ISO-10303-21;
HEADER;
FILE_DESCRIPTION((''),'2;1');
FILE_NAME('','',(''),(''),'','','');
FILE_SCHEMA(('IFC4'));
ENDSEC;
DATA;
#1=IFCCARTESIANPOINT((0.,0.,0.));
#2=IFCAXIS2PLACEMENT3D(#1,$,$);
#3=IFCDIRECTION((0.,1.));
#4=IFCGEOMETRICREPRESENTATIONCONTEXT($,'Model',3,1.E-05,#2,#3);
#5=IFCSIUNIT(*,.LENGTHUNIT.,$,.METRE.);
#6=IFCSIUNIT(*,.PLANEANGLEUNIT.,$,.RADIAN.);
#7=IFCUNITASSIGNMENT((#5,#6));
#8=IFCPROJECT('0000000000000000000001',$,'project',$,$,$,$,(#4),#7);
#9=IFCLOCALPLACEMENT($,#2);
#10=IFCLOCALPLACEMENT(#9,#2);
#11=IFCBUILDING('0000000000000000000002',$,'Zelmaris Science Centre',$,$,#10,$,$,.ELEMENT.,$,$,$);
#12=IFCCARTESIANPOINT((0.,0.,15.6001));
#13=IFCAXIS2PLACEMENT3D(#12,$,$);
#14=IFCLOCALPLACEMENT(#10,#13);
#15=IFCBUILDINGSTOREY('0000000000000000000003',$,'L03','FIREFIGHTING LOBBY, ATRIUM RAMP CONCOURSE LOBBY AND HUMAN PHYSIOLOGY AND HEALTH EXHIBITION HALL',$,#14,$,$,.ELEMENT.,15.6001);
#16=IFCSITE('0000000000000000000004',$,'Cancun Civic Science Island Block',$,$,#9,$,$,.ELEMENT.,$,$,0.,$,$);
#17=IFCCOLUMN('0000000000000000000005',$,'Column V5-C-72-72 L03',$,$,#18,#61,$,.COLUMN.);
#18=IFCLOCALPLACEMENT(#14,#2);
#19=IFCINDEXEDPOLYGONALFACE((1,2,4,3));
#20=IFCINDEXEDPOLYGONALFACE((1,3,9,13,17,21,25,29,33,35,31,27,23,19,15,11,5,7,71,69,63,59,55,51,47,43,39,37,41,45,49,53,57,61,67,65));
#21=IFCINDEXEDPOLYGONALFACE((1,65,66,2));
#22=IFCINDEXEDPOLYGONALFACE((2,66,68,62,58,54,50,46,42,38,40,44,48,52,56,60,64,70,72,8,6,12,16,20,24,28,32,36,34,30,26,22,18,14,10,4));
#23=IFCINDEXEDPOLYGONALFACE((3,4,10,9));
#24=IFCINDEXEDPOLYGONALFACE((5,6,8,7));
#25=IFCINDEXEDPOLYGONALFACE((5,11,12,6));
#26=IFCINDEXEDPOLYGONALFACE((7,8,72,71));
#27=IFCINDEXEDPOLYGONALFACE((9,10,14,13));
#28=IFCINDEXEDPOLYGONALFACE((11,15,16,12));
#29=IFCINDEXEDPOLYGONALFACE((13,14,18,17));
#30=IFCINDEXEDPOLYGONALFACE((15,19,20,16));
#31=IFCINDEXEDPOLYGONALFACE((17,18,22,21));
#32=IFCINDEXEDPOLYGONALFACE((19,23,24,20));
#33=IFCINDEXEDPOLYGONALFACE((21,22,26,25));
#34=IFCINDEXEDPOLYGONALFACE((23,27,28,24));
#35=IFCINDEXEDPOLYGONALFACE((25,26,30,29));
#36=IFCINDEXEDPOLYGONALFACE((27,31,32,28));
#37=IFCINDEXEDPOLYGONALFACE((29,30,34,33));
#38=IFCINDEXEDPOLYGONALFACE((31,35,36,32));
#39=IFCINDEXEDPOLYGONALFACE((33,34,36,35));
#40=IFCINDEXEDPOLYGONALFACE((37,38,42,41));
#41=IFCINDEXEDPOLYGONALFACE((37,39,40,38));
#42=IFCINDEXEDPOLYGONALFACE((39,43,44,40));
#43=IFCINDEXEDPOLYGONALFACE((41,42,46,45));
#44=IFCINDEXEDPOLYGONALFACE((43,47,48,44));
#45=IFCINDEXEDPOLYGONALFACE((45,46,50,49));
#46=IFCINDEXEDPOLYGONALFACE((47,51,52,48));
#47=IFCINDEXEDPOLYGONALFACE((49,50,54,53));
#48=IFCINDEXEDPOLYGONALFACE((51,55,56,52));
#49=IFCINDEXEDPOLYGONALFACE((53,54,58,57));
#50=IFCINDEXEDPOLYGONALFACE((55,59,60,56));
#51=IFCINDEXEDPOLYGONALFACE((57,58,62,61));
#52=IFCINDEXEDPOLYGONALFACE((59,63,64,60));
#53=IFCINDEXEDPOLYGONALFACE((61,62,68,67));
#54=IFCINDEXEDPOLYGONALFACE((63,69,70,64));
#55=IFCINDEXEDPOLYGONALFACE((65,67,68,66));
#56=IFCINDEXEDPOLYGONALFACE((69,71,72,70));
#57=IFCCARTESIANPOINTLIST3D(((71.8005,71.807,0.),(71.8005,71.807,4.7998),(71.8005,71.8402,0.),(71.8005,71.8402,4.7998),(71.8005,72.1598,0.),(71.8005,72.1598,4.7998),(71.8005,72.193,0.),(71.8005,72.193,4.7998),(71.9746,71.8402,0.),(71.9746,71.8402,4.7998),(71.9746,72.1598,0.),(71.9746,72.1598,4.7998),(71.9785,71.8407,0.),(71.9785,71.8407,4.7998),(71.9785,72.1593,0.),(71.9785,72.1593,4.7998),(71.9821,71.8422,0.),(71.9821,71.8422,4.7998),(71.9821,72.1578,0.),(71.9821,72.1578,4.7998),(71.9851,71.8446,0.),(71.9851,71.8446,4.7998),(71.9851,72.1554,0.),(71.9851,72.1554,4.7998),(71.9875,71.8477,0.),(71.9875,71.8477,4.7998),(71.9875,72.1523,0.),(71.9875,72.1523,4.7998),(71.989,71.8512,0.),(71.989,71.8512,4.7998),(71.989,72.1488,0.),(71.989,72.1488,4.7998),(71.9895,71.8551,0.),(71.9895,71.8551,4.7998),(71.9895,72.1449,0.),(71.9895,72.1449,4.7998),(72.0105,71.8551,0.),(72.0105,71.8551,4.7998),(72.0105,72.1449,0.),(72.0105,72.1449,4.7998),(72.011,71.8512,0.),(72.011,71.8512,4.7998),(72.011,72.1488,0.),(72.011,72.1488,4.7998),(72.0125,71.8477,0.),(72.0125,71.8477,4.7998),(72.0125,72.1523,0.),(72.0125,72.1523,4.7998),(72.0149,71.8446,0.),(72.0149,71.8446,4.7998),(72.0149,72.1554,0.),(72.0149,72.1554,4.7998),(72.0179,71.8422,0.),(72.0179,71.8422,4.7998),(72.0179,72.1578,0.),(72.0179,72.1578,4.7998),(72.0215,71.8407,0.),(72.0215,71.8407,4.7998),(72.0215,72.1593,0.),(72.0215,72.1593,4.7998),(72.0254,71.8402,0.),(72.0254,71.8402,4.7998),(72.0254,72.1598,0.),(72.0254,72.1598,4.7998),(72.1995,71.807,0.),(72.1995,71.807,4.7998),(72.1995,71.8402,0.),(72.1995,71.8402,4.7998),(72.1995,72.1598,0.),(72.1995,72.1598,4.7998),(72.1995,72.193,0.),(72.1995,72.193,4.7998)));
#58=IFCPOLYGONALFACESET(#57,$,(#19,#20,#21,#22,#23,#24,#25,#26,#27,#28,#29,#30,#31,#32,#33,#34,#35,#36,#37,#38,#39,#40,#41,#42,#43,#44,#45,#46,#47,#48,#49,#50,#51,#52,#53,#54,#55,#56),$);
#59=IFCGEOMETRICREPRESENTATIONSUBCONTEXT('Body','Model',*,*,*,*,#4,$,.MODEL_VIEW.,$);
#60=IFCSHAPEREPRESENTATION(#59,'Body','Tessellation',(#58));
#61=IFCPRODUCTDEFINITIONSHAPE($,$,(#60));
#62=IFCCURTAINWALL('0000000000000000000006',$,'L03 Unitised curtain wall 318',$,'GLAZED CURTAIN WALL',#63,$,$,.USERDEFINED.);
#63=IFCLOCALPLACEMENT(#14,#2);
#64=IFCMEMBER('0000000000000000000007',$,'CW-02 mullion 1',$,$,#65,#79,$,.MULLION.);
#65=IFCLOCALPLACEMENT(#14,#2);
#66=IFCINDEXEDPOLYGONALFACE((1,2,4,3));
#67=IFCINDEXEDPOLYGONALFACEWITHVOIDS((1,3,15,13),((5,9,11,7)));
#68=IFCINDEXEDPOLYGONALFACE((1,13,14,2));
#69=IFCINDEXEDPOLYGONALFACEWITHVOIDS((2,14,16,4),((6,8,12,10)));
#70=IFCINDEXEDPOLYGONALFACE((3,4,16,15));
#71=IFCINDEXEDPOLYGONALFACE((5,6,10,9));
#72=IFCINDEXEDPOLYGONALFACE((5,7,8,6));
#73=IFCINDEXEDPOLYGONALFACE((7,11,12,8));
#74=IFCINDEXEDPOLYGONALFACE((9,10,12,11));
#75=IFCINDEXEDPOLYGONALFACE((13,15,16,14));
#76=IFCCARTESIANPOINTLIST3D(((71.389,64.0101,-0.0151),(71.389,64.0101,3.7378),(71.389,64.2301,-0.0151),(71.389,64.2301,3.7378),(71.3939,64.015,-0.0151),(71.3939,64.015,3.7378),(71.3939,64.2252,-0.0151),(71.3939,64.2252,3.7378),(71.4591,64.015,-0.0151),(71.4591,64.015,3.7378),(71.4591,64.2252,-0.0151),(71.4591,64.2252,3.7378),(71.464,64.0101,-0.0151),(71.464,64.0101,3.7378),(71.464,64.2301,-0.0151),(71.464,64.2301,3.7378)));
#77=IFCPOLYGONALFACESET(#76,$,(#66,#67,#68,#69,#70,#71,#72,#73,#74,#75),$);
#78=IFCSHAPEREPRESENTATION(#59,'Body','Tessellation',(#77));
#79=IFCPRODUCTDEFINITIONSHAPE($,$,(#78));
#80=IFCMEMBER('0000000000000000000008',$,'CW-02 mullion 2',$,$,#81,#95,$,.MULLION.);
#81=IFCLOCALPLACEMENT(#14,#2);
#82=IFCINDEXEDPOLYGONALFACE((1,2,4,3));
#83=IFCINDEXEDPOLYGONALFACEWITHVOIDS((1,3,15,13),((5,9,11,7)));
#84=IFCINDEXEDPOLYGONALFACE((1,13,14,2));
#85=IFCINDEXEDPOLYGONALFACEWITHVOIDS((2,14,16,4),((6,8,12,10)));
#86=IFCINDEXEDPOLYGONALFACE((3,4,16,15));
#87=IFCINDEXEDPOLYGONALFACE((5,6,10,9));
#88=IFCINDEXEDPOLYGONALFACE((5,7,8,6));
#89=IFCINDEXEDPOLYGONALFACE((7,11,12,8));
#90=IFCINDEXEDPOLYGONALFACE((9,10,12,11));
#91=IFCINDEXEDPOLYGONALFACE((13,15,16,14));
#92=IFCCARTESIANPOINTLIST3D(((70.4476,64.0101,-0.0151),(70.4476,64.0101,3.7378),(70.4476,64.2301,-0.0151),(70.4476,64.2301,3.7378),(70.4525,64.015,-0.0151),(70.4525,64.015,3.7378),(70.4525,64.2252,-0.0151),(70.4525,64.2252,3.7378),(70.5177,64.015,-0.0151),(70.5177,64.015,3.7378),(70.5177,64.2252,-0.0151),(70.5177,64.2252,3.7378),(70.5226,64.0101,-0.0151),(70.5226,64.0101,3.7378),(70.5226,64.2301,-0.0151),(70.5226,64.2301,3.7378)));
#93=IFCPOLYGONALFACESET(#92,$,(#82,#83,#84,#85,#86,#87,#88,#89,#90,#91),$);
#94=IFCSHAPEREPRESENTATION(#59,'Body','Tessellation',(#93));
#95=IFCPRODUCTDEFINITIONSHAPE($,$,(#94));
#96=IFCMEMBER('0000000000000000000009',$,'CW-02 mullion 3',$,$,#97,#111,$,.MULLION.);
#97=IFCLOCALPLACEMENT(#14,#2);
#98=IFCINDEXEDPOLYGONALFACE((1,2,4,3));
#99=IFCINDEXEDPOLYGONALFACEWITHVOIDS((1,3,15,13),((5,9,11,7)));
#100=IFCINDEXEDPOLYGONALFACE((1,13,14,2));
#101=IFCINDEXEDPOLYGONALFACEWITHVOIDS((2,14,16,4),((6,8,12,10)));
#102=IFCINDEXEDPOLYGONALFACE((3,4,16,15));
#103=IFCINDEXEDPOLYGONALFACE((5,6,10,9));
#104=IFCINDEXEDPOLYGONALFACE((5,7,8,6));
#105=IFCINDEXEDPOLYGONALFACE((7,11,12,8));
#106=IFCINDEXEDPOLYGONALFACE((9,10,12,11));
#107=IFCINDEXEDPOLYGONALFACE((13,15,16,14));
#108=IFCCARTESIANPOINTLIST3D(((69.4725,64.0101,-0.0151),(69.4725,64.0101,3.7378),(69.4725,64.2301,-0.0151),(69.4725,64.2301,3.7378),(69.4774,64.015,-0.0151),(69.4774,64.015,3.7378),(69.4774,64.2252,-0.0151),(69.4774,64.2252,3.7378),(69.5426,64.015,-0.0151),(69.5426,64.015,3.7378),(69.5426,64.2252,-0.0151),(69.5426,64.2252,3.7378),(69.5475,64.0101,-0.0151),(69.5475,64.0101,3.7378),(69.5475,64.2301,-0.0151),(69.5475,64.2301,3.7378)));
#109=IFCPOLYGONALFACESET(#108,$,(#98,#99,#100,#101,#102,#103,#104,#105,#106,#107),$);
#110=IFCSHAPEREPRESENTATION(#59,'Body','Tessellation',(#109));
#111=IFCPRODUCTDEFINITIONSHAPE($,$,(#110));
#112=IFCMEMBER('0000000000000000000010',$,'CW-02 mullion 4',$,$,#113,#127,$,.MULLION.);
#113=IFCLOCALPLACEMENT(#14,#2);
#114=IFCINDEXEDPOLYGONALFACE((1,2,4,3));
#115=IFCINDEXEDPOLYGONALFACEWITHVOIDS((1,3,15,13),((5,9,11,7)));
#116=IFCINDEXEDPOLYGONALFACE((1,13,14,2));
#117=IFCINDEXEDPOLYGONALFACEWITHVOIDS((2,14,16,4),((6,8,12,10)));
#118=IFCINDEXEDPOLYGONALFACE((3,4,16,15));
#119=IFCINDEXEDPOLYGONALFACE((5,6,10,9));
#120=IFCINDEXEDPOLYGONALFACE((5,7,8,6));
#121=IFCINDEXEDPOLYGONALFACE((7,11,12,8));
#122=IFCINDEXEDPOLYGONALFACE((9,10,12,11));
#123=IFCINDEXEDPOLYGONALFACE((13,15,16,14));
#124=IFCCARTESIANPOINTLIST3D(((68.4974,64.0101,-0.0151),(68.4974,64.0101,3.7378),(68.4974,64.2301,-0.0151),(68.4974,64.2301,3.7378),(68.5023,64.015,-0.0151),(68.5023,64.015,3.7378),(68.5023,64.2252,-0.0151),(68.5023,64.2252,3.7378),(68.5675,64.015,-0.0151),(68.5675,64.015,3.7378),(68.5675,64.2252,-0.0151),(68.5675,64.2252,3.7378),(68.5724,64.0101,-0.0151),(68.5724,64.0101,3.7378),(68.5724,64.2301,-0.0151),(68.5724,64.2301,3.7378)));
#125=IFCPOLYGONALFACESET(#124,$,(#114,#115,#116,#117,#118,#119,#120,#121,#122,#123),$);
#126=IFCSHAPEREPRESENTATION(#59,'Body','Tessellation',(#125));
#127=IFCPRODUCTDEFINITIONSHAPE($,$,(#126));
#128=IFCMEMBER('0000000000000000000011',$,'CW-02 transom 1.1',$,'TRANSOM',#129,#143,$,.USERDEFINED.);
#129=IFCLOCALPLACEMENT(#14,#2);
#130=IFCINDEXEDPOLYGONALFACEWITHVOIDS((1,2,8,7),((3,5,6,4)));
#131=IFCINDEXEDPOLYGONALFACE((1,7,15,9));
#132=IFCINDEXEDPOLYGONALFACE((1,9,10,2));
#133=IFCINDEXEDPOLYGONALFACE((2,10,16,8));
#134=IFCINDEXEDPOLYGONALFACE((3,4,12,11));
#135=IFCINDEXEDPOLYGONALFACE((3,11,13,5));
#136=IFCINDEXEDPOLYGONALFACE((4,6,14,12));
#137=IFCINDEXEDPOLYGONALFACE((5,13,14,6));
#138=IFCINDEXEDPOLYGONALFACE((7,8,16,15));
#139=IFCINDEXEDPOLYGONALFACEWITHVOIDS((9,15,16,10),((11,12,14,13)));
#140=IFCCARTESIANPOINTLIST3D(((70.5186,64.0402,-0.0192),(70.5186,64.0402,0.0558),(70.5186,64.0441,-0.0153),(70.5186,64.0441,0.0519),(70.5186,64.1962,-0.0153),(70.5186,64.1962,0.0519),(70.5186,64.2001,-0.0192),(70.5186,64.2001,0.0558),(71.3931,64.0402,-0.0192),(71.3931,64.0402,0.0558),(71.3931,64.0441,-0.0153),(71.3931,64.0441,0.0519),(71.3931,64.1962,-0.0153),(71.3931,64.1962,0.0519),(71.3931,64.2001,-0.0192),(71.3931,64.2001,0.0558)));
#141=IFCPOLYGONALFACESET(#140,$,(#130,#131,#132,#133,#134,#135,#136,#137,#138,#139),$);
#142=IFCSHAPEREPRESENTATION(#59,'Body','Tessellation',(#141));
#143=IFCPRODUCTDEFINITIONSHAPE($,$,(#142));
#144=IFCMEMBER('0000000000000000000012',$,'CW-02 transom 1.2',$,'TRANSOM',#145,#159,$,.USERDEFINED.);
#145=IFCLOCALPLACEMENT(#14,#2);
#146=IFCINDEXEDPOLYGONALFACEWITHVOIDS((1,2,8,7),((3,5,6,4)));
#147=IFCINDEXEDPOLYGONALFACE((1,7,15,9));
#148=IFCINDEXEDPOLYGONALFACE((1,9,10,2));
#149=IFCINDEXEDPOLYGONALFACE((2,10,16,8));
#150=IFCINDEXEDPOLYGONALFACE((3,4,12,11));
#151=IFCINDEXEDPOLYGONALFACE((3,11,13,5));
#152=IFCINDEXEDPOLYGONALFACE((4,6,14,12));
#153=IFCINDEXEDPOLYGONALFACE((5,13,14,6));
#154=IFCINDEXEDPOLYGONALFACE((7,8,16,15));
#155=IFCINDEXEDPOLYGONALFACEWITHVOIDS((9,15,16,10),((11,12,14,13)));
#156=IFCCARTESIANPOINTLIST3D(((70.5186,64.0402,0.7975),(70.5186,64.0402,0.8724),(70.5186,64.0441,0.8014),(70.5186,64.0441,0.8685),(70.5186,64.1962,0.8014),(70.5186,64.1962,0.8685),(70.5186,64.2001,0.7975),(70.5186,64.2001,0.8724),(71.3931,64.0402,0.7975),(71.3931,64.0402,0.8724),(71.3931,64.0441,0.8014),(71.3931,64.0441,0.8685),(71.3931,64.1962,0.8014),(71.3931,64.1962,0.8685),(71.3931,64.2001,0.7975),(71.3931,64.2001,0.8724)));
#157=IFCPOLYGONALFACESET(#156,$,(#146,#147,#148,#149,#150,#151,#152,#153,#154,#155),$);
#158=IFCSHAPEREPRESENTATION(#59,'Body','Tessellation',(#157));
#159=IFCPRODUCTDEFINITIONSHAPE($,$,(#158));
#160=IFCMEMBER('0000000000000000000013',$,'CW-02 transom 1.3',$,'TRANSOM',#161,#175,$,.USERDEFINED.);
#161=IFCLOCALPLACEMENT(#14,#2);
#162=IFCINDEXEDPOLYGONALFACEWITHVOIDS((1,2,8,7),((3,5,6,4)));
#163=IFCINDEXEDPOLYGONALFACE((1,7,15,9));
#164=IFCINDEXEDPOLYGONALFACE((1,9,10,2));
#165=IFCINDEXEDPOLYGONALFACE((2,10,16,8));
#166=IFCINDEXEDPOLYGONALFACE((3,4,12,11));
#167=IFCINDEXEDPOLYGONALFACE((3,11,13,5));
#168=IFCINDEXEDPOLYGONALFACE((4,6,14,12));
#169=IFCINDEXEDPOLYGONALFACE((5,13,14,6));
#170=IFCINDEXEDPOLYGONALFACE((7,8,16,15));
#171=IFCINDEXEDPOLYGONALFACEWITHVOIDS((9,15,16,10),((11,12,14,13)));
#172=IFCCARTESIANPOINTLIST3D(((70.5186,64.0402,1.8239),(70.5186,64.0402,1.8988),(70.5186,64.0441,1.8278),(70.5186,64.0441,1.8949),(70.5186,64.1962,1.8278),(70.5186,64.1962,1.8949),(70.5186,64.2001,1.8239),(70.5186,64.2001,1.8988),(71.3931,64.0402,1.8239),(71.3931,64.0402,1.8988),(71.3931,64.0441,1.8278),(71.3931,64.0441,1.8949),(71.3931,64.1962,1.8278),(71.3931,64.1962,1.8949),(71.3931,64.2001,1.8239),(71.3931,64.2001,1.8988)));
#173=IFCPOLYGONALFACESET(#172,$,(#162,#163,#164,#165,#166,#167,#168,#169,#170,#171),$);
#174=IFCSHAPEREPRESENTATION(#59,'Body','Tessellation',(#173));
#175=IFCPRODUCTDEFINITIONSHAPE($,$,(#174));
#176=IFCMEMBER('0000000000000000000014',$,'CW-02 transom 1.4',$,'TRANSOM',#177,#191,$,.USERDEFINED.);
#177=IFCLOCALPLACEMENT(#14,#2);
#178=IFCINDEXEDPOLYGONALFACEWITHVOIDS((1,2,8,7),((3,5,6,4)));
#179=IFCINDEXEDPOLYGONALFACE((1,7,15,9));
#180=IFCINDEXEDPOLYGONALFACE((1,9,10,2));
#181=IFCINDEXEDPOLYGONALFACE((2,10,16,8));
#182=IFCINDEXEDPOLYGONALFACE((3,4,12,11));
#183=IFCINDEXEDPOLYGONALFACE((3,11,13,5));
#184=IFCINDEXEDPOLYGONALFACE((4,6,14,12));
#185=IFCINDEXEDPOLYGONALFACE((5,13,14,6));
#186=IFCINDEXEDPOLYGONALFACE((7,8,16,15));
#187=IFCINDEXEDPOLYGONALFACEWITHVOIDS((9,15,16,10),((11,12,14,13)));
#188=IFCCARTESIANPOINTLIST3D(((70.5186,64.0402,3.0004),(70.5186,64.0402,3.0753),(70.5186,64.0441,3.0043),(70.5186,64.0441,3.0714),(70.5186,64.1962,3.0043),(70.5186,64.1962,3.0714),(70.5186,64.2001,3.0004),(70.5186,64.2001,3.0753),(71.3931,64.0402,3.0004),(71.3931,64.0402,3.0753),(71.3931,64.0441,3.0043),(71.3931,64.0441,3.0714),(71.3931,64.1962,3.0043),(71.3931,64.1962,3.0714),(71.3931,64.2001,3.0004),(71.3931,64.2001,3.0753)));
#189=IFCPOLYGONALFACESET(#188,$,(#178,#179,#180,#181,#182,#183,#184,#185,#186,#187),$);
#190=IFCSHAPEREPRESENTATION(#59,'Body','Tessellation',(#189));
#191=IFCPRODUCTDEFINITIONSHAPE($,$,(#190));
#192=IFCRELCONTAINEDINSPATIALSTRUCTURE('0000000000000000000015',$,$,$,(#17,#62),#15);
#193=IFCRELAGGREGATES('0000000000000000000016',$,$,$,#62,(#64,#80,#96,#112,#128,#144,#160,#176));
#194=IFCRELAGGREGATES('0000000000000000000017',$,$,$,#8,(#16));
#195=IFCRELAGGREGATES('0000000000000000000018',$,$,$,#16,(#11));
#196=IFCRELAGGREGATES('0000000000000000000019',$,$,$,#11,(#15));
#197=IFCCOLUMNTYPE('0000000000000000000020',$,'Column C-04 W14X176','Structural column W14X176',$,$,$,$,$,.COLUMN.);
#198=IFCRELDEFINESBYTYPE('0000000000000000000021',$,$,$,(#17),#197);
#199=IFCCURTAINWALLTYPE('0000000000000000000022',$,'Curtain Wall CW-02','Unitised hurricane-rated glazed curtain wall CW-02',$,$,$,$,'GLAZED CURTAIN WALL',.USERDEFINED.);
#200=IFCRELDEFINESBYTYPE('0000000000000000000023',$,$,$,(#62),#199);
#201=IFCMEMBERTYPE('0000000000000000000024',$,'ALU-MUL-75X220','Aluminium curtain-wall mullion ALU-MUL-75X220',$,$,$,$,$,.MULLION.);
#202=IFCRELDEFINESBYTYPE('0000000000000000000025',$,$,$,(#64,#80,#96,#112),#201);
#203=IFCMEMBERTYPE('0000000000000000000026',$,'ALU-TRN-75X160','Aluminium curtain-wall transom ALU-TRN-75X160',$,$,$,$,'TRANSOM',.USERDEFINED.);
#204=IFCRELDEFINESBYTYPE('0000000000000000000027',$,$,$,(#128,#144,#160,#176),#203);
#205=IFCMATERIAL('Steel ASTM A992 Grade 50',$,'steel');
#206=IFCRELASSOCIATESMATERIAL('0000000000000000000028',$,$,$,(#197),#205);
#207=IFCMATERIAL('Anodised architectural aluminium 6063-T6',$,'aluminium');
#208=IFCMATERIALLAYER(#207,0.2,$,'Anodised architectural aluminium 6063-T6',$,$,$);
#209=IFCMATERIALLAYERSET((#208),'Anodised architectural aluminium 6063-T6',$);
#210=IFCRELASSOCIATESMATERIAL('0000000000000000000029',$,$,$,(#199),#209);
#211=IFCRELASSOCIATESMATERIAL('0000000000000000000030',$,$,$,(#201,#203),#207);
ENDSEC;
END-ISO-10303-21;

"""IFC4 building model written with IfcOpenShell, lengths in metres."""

from ifc_helpers import new_model, si_unit, direction, frame, origin, origin_2d, place, context, subcontext, project, spatial, hollow_rectangle, i_section, extrude, material, layer, layer_set, material_profile, profile_set, type_object, element, aggregate, save


model = new_model("IFC4")

# Units and contexts
model_context = context("Model", 3, precision=1e-05, world=origin(), true_north=direction((0.0, 1.0)))
body_context = subcontext(model_context, "Body", "Model", "MODEL_VIEW")
ifc_project = project(units=[si_unit("LENGTHUNIT", "METRE"), si_unit("PLANEANGLEUNIT", "RADIAN")], contexts=[model_context])

# Site, building, storey
site_placement = place(None, origin())
site = spatial("IfcSite", under=ifc_project, at=site_placement, Name="Cancun Civic Science Island Block", CompositionType="ELEMENT", RefElevation=0.0)
building_placement = place(site_placement, origin())
building = spatial("IfcBuilding", under=site, at=building_placement, Name="Zelmaris Science Centre", CompositionType="ELEMENT")
storey_placement = place(building_placement, frame((0.0, 0.0, 15.6001)))
storey = spatial("IfcBuildingStorey", under=building, at=storey_placement, Name="L03", Description="FIREFIGHTING LOBBY, ATRIUM RAMP CONCOURSE LOBBY AND HUMAN PHYSIOLOGY AND HEALTH EXHIBITION HALL", CompositionType="ELEMENT", Elevation=15.6001)

# Column
ifc_material_1 = material(Name="Steel ASTM A992 Grade 50", Category="steel")
ifc_material_profile_1 = material_profile(ifc_material_1, i_section(OverallWidth=0.3989, OverallDepth=0.386, WebThickness=0.021, FlangeThickness=0.0332, FilletRadius=0.0149, at=origin_2d()), Name="W14X176")
ifc_profile_set_1 = profile_set([ifc_material_profile_1], Name="Steel ASTM A992 Grade 50")
column_type = type_object("IfcColumnType", Name="Column C-04 W14X176", Description="Structural column W14X176", PredefinedType="COLUMN", material=ifc_profile_set_1)
column_placement = place(storey_placement, frame((72.0, 72.0, 0.0), z_axis=(0.0, 0.0, 1.0), x_axis=(1.0, 0.0, 0.0)))
element("IfcColumn", 1, at=column_placement, inside=storey, type_object=column_type, Name="Column V5-C-72-72 L03", PredefinedType="COLUMN", context=body_context, shape_type="SweptSolid", body=[
    extrude(i_section(OverallWidth=0.3989, OverallDepth=0.386, WebThickness=0.021, FlangeThickness=0.0332, FilletRadius=0.0149, at=origin_2d()), origin(), (0.0, 0.0, 1.0), 4.7998),
])

# Curtain wall, members
ifc_material_2 = material(Name="Anodised architectural aluminium 6063-T6", Category="aluminium")
ifc_layer_1 = layer(ifc_material_2, 0.2, Name="Anodised architectural aluminium 6063-T6")
ifc_layer_set_1 = layer_set([ifc_layer_1], Name="Anodised architectural aluminium 6063-T6")
curtain_wall_type = type_object("IfcCurtainWallType", Name="Curtain Wall CW-02", Description="Unitised hurricane-rated glazed curtain wall CW-02", ElementType="GLAZED CURTAIN WALL", PredefinedType="USERDEFINED", material=ifc_layer_set_1)
curtain_wall_placement = place(storey_placement, origin())
curtain_wall = element("IfcCurtainWall", 2, at=curtain_wall_placement, inside=storey, type_object=curtain_wall_type, Name="L03 Unitised curtain wall 318", ObjectType="GLAZED CURTAIN WALL", PredefinedType="USERDEFINED")
ifc_material_profile_2 = material_profile(ifc_material_2, hollow_rectangle(XDim=0.075, YDim=0.22, WallThickness=0.0049, at=origin_2d()), Name="ALU-MUL-75X220")
ifc_profile_set_2 = profile_set([ifc_material_profile_2], Name="Anodised architectural aluminium 6063-T6")
member_type_1 = type_object("IfcMemberType", Name="ALU-MUL-75X220", Description="Aluminium curtain-wall mullion ALU-MUL-75X220", PredefinedType="MULLION", material=ifc_profile_set_2)
member_1_placement = place(storey_placement, frame((71.4265, 64.1201, -0.0151), z_axis=(0.0, 0.0, 1.0), x_axis=(-1.0, 0.000003, 0.0)))
member_1 = element("IfcMember", 3, at=member_1_placement, type_object=member_type_1, Name="CW-02 mullion 1", PredefinedType="MULLION", context=body_context, shape_type="SweptSolid", body=[
    extrude(hollow_rectangle(XDim=0.075, YDim=0.22, WallThickness=0.0049, at=origin_2d()), origin(), (0.0, 0.0, 1.0), 3.7529),
])
member_2_placement = place(storey_placement, frame((70.4851, 64.1201, -0.0151), z_axis=(0.0, 0.0, 1.0), x_axis=(-1.0, 0.000003, 0.0)))
member_2 = element("IfcMember", 4, at=member_2_placement, type_object=member_type_1, Name="CW-02 mullion 2", PredefinedType="MULLION", context=body_context, shape_type="SweptSolid", body=[
    extrude(hollow_rectangle(XDim=0.075, YDim=0.22, WallThickness=0.0049, at=origin_2d()), origin(), (0.0, 0.0, 1.0), 3.7529),
])
member_3_placement = place(storey_placement, frame((69.51, 64.1201, -0.0151), z_axis=(0.0, 0.0, 1.0), x_axis=(-1.0, 0.000003, 0.0)))
member_3 = element("IfcMember", 5, at=member_3_placement, type_object=member_type_1, Name="CW-02 mullion 3", PredefinedType="MULLION", context=body_context, shape_type="SweptSolid", body=[
    extrude(hollow_rectangle(XDim=0.075, YDim=0.22, WallThickness=0.0049, at=origin_2d()), origin(), (0.0, 0.0, 1.0), 3.7529),
])
member_4_placement = place(storey_placement, frame((68.5349, 64.1201, -0.0151), z_axis=(0.0, 0.0, 1.0), x_axis=(-1.0, 0.000003, 0.0)))
member_4 = element("IfcMember", 6, at=member_4_placement, type_object=member_type_1, Name="CW-02 mullion 4", PredefinedType="MULLION", context=body_context, shape_type="SweptSolid", body=[
    extrude(hollow_rectangle(XDim=0.075, YDim=0.22, WallThickness=0.0049, at=origin_2d()), origin(), (0.0, 0.0, 1.0), 3.7529),
])
ifc_material_profile_3 = material_profile(ifc_material_2, hollow_rectangle(XDim=0.075, YDim=0.1599, WallThickness=0.0039, at=origin_2d()), Name="ALU-TRN-75X160")
ifc_profile_set_3 = profile_set([ifc_material_profile_3], Name="Anodised architectural aluminium 6063-T6")
member_type_2 = type_object("IfcMemberType", Name="ALU-TRN-75X160", Description="Aluminium curtain-wall transom ALU-TRN-75X160", ElementType="TRANSOM", PredefinedType="USERDEFINED", material=ifc_profile_set_3)
member_5_placement = place(storey_placement, frame((71.3931, 64.1201, 0.0183), z_axis=(-1.0, 0.0, 0.0), x_axis=(0.0, 0.0, 1.0)))
member_5 = element("IfcMember", 7, at=member_5_placement, type_object=member_type_2, Name="CW-02 transom 1.1", ObjectType="TRANSOM", PredefinedType="USERDEFINED", context=body_context, shape_type="SweptSolid", body=[
    extrude(hollow_rectangle(XDim=0.075, YDim=0.1599, WallThickness=0.0039, at=origin_2d()), origin(), (0.0, 0.0, 1.0), 0.8745),
])
member_6_placement = place(storey_placement, frame((71.3931, 64.1201, 0.835), z_axis=(-1.0, 0.0, 0.0), x_axis=(0.0, 0.0, 1.0)))
member_6 = element("IfcMember", 8, at=member_6_placement, type_object=member_type_2, Name="CW-02 transom 1.2", ObjectType="TRANSOM", PredefinedType="USERDEFINED", context=body_context, shape_type="SweptSolid", body=[
    extrude(hollow_rectangle(XDim=0.075, YDim=0.1599, WallThickness=0.0039, at=origin_2d()), origin(), (0.0, 0.0, 1.0), 0.8745),
])
member_7_placement = place(storey_placement, frame((71.3931, 64.1201, 1.8613), z_axis=(-1.0, 0.0, 0.0), x_axis=(0.0, 0.0, 1.0)))
member_7 = element("IfcMember", 9, at=member_7_placement, type_object=member_type_2, Name="CW-02 transom 1.3", ObjectType="TRANSOM", PredefinedType="USERDEFINED", context=body_context, shape_type="SweptSolid", body=[
    extrude(hollow_rectangle(XDim=0.075, YDim=0.1599, WallThickness=0.0039, at=origin_2d()), origin(), (0.0, 0.0, 1.0), 0.8745),
])
member_8_placement = place(storey_placement, frame((71.3931, 64.1201, 3.0378), z_axis=(-1.0, 0.0, 0.0), x_axis=(0.0, 0.0, 1.0)))
member_8 = element("IfcMember", 10, at=member_8_placement, type_object=member_type_2, Name="CW-02 transom 1.4", ObjectType="TRANSOM", PredefinedType="USERDEFINED", context=body_context, shape_type="SweptSolid", body=[
    extrude(hollow_rectangle(XDim=0.075, YDim=0.1599, WallThickness=0.0039, at=origin_2d()), origin(), (0.0, 0.0, 1.0), 0.8745),
])
aggregate(curtain_wall, [member_1, member_2, member_3, member_4, member_5, member_6, member_7, member_8])

save(model, "model.ifc")
